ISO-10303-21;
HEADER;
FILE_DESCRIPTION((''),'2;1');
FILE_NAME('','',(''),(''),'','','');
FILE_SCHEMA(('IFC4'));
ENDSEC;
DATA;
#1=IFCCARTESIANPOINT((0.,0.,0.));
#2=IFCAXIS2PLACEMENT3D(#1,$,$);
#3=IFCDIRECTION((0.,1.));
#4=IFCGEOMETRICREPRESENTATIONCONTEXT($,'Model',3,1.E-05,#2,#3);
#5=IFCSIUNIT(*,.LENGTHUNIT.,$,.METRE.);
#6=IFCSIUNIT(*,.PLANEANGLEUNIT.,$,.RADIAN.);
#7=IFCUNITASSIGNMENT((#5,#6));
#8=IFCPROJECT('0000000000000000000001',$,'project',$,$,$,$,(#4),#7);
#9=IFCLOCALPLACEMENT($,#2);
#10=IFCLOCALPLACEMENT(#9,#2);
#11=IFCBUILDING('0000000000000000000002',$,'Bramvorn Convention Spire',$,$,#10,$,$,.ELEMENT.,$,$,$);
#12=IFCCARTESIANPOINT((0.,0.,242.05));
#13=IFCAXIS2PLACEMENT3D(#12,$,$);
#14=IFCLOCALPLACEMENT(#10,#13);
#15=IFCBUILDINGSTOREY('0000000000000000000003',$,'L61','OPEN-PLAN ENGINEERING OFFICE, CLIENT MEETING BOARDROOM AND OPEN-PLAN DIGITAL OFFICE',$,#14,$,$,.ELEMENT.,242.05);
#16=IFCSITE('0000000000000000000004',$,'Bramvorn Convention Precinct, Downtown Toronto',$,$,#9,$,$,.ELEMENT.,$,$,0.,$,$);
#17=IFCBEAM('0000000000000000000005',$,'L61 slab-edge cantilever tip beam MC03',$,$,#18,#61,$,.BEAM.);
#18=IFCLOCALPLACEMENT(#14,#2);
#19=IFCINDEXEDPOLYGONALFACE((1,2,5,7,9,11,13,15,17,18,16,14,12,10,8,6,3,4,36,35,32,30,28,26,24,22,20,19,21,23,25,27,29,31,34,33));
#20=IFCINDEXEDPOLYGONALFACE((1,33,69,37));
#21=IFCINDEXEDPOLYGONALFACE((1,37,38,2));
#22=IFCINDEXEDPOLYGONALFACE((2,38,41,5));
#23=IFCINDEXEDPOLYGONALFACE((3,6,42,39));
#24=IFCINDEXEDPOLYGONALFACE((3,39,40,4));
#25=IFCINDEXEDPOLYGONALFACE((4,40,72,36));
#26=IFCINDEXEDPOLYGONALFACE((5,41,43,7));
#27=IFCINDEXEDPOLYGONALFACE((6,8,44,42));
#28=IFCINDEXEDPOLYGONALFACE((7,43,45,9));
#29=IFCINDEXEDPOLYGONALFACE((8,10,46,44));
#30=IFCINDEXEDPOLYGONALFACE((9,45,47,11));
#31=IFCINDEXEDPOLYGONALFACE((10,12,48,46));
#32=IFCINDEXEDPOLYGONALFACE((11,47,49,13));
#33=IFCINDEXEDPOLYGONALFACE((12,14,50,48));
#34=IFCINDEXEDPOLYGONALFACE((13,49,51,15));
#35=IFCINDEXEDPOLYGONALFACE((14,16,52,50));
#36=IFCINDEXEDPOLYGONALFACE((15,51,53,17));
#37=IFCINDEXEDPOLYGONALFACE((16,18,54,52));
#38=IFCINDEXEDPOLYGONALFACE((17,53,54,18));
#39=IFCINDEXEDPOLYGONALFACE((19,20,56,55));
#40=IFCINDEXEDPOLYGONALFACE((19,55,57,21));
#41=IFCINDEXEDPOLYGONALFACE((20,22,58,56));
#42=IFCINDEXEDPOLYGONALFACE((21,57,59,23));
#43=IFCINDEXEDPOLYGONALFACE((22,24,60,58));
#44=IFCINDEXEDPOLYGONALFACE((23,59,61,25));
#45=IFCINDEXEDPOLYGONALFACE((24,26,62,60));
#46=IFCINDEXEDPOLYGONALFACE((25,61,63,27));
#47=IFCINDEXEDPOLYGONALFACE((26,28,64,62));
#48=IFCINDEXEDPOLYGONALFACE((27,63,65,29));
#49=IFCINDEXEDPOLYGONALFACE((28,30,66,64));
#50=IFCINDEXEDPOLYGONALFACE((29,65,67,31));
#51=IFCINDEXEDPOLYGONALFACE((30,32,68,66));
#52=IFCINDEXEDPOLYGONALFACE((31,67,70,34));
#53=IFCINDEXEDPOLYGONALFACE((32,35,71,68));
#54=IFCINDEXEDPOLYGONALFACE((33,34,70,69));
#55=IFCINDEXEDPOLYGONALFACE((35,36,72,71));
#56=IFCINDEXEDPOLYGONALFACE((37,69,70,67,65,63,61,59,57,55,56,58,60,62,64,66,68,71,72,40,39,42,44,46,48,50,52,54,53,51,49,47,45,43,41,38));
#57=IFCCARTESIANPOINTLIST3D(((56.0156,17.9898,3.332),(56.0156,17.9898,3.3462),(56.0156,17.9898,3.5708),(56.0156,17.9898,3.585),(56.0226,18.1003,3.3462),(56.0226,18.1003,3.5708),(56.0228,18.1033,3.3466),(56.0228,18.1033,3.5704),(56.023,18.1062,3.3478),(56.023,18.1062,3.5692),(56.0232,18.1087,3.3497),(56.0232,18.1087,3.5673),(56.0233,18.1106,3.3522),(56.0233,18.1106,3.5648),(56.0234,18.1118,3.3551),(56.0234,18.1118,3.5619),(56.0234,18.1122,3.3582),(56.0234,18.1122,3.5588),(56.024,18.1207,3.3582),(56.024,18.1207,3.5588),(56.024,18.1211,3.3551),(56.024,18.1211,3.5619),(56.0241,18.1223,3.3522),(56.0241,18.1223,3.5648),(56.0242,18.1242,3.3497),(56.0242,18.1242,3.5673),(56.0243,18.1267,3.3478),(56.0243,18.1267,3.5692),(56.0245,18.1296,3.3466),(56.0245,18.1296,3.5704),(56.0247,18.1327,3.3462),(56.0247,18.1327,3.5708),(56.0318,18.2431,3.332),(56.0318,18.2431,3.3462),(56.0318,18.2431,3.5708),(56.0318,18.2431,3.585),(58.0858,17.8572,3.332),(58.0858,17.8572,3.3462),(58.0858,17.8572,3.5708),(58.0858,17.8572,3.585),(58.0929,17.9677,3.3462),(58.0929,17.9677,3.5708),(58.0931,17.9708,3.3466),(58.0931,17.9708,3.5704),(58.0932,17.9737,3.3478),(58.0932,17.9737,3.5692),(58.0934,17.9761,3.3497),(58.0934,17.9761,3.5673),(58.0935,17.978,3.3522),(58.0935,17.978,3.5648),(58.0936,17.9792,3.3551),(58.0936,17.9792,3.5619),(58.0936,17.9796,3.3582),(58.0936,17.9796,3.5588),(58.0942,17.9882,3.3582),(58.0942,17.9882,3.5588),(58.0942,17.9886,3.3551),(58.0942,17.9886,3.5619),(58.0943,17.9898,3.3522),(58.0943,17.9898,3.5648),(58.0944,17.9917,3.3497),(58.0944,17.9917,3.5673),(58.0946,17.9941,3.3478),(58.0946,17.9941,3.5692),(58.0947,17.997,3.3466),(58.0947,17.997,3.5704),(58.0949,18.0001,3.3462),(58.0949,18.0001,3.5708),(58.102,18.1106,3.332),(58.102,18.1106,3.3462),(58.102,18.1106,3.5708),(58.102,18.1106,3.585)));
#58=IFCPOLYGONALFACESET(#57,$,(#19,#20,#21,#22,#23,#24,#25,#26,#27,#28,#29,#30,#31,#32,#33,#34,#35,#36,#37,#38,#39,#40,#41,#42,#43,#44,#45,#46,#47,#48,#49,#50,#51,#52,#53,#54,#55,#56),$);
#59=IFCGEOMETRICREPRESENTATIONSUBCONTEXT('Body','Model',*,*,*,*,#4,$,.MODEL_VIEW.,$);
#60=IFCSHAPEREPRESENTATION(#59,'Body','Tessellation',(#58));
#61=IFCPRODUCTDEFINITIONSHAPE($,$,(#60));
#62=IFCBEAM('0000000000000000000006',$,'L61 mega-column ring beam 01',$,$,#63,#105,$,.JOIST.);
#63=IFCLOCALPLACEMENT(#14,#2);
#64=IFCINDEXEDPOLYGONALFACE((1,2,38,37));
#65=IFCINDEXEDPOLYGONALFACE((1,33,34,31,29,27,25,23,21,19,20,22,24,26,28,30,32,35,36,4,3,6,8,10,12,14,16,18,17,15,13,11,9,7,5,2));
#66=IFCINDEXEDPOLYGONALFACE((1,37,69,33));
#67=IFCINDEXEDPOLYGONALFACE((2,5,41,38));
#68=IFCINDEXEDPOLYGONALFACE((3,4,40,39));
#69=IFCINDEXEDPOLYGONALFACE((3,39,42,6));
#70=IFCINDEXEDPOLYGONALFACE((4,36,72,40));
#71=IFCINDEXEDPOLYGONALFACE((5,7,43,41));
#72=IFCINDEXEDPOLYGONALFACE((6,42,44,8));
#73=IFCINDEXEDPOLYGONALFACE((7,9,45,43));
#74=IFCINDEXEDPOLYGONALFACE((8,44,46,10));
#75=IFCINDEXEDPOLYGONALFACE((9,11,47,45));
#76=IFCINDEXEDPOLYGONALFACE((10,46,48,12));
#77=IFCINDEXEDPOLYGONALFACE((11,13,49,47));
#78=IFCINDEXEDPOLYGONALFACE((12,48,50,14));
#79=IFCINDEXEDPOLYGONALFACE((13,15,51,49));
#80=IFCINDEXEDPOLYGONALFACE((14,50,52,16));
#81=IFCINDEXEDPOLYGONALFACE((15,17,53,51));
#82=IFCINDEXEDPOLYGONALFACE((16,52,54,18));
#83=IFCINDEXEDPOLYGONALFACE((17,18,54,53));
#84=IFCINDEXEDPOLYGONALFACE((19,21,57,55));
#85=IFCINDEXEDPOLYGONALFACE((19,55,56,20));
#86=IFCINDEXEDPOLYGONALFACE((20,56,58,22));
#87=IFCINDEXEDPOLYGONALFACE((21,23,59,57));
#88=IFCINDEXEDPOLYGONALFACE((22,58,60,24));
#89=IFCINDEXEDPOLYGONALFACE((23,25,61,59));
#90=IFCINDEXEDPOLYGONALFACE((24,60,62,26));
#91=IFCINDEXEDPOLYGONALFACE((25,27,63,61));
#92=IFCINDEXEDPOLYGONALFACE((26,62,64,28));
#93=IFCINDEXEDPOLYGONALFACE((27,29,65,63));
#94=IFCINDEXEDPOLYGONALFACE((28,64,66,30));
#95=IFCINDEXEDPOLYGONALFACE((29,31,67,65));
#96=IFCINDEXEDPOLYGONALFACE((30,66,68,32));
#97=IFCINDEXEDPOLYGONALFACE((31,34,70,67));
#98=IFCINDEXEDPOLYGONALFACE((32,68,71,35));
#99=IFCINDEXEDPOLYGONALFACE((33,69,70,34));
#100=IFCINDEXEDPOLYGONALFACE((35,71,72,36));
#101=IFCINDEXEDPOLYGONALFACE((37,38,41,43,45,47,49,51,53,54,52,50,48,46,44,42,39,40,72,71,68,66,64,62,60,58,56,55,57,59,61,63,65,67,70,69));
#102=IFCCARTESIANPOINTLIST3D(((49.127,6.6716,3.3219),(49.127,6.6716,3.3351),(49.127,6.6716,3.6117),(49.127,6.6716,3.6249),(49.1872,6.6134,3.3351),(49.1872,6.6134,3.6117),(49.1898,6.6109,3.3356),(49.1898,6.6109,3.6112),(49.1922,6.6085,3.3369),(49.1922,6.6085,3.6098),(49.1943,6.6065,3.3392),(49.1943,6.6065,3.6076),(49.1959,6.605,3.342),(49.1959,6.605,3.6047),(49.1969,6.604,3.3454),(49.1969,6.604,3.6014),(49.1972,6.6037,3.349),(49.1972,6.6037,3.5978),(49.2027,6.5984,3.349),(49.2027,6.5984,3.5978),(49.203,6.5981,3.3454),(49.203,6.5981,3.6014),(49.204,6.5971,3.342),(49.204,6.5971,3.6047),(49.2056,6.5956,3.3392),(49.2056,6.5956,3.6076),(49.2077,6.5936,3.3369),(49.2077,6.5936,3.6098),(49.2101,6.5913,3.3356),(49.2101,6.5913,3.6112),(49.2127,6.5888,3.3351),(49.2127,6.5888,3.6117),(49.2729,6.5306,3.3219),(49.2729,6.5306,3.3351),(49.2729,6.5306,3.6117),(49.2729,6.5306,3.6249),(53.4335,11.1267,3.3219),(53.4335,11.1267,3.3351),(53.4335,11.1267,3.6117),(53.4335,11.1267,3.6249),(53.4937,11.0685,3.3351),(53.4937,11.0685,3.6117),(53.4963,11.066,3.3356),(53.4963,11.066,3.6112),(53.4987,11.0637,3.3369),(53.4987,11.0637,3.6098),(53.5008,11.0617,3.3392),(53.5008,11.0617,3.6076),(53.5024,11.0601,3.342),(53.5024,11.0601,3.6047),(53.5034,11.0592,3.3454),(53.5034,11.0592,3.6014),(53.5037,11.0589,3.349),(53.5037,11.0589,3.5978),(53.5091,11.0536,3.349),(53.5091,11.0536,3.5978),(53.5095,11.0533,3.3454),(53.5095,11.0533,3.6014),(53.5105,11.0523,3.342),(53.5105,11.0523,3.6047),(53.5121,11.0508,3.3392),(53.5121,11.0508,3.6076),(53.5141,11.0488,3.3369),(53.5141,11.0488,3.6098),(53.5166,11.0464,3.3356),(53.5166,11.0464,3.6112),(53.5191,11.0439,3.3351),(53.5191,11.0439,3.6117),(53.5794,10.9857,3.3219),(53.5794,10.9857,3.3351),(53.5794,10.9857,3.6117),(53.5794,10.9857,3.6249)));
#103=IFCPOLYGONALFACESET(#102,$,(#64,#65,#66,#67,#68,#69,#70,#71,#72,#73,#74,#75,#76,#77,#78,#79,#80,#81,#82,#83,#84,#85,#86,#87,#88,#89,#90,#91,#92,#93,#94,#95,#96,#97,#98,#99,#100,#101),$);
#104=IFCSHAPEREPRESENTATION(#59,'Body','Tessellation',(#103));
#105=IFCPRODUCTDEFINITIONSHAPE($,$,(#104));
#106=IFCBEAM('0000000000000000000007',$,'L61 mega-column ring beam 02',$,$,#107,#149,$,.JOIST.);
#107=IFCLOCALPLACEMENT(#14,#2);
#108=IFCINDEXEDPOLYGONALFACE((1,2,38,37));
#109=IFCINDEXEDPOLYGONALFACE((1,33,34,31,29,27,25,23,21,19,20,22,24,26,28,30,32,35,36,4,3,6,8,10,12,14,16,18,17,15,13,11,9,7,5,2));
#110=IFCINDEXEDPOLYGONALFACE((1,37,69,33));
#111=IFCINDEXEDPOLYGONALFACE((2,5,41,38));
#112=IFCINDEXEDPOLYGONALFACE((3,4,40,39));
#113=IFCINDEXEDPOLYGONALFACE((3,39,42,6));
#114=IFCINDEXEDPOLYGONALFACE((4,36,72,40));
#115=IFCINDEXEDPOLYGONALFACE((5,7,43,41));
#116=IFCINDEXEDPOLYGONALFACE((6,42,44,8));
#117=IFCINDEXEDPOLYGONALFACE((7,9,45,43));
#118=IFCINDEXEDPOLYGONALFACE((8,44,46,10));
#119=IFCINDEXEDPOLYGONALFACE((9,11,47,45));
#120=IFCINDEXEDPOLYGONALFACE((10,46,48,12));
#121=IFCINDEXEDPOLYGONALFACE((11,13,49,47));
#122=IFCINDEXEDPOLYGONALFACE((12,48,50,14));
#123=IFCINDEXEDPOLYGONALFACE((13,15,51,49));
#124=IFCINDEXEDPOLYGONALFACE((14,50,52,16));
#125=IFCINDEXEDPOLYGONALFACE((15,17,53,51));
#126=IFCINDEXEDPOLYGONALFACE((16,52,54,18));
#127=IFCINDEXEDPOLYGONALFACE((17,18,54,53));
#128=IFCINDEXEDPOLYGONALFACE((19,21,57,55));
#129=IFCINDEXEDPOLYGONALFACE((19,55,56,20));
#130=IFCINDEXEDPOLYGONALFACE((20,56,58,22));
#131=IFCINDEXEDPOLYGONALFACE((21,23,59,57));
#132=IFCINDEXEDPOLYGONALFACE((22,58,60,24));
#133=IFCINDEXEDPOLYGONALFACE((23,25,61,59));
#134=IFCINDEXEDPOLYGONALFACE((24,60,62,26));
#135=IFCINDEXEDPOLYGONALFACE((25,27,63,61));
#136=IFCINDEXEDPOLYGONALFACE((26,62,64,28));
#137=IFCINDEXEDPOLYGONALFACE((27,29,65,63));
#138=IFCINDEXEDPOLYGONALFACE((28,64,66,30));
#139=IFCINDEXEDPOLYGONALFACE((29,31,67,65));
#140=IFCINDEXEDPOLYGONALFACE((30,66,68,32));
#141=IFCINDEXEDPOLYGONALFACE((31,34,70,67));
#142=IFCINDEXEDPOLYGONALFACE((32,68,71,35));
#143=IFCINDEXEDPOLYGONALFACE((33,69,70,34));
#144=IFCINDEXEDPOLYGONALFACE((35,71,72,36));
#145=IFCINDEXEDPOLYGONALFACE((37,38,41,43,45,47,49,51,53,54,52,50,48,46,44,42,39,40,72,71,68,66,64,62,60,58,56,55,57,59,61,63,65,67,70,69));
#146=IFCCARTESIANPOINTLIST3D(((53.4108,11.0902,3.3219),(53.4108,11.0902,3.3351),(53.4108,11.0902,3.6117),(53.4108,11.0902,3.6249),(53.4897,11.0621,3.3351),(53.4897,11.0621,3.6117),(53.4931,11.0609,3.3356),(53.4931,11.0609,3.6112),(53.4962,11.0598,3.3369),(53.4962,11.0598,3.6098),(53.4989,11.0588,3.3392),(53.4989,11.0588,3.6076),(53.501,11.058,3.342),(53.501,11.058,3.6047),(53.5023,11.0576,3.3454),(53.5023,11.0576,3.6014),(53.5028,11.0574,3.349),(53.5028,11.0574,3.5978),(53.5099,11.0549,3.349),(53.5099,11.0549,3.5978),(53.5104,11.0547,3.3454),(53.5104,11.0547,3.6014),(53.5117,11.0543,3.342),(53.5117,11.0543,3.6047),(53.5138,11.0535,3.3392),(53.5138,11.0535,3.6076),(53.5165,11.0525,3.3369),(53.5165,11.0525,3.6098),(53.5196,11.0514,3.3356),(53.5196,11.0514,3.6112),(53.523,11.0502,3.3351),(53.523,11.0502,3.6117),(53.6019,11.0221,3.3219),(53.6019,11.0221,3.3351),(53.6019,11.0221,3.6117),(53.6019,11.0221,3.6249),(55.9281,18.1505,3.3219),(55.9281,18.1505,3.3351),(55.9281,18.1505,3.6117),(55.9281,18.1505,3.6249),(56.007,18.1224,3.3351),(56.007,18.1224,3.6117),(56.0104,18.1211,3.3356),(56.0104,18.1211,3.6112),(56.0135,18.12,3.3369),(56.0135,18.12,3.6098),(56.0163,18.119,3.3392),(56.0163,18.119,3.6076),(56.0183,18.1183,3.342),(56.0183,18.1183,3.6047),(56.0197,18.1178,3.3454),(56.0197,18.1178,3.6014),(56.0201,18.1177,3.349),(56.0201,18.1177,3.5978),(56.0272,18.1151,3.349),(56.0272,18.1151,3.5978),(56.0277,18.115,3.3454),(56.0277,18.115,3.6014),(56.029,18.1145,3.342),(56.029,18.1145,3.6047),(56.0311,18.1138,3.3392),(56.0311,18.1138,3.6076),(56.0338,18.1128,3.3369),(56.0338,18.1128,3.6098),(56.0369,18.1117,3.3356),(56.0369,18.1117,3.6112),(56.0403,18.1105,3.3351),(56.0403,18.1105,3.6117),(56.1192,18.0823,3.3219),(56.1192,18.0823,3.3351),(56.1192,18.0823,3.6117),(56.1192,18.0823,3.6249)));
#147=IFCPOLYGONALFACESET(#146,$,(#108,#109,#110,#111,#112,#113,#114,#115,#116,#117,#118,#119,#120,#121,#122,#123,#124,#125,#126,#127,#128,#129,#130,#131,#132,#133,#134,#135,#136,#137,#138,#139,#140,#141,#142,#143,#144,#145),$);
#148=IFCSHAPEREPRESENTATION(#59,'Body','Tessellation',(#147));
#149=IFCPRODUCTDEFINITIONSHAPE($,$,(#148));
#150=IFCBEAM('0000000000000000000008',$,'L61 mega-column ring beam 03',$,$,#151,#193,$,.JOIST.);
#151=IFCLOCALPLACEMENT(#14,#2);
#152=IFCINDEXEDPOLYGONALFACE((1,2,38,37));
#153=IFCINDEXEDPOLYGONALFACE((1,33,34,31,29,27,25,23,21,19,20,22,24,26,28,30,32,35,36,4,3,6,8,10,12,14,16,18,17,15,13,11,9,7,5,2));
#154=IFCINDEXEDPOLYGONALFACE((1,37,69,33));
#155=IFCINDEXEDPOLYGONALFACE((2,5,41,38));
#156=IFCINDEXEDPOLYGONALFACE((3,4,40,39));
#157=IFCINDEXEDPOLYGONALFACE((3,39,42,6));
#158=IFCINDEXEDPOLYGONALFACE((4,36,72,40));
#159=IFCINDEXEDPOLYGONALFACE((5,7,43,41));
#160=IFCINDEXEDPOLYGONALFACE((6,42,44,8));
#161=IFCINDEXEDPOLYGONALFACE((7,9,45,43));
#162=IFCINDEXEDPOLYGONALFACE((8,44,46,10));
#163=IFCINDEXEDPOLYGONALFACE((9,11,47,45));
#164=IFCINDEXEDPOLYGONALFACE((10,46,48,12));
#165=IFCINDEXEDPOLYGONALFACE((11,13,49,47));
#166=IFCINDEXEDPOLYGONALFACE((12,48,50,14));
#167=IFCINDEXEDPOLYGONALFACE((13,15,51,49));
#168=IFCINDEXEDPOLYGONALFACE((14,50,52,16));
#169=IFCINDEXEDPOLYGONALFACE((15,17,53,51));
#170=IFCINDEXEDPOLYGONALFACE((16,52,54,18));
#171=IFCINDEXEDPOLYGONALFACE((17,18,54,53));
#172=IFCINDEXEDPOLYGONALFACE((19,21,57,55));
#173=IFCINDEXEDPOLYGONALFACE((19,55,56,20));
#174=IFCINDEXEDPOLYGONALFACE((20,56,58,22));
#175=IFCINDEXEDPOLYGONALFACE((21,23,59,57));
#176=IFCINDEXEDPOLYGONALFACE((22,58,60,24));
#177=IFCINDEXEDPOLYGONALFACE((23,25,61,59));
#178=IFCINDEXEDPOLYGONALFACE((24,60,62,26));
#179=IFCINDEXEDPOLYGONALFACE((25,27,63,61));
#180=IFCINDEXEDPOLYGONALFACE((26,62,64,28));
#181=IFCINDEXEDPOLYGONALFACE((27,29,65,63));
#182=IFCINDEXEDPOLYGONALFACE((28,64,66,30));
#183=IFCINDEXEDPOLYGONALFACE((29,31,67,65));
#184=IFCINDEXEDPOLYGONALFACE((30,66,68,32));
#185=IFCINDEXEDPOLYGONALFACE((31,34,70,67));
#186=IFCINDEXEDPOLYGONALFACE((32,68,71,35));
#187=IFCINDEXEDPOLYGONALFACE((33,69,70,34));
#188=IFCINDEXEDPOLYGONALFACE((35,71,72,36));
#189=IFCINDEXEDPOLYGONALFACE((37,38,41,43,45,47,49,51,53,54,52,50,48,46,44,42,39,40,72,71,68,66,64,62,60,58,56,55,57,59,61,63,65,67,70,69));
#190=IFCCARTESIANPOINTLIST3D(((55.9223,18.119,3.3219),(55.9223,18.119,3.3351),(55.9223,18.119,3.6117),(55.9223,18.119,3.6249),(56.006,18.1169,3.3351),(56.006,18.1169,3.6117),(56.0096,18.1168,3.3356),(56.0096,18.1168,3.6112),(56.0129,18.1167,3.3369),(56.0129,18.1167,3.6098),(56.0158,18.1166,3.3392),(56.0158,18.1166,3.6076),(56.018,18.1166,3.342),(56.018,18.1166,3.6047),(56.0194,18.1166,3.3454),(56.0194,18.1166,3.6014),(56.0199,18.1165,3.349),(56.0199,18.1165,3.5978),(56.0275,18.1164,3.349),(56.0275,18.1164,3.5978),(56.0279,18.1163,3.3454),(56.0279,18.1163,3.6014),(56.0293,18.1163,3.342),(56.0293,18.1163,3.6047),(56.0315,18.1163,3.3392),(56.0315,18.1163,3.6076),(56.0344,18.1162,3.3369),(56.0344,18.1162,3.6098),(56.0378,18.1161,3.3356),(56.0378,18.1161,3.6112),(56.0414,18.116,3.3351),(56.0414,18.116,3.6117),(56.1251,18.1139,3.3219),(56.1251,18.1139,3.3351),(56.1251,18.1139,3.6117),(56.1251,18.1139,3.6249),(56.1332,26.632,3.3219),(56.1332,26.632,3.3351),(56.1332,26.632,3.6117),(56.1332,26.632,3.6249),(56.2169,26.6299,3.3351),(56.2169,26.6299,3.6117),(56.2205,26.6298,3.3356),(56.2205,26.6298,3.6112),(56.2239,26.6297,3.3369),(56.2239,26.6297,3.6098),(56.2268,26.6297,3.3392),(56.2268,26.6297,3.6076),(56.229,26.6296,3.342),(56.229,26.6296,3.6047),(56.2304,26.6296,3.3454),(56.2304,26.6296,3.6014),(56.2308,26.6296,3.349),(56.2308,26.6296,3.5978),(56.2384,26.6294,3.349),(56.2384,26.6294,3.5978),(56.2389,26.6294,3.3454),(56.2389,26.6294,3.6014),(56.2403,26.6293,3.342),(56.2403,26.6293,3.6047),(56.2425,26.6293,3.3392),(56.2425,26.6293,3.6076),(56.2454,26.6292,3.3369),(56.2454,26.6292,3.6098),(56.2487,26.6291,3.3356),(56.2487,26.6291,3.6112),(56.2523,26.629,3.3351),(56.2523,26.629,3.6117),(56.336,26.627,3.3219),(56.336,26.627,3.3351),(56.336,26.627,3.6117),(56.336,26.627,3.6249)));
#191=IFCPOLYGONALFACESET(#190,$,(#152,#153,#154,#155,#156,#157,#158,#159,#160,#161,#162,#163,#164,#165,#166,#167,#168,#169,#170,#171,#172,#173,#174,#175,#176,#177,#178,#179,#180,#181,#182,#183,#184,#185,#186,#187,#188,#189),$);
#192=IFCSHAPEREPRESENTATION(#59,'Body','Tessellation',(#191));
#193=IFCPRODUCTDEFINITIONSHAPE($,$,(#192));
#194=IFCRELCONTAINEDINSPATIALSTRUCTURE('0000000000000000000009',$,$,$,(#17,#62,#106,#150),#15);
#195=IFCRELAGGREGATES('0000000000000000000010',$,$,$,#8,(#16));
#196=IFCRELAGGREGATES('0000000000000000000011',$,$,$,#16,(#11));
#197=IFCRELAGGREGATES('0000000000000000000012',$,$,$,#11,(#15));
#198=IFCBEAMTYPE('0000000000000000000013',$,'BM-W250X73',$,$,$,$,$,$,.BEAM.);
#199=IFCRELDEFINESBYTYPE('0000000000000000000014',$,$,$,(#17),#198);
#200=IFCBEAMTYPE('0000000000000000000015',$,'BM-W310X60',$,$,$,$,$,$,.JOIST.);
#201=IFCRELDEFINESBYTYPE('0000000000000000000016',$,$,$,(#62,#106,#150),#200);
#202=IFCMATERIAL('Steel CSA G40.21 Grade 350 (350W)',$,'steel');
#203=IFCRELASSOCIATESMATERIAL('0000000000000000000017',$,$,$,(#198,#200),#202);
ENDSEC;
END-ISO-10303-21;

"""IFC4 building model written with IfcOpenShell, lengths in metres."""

from ifc_helpers import new_model, si_unit, direction, frame, origin, origin_2d, place, context, subcontext, project, spatial, i_section, extrude, material, material_profile, profile_set, type_object, element, save


model = new_model("IFC4")

# Units and contexts
model_context = context("Model", 3, precision=1e-05, world=origin(), true_north=direction((0.0, 1.0)))
body_context = subcontext(model_context, "Body", "Model", "MODEL_VIEW")
ifc_project = project(units=[si_unit("LENGTHUNIT", "METRE"), si_unit("PLANEANGLEUNIT", "RADIAN")], contexts=[model_context])

# Site, building, storey
site_placement = place(None, origin())
site = spatial("IfcSite", under=ifc_project, at=site_placement, Name="Bramvorn Convention Precinct, Downtown Toronto", CompositionType="ELEMENT", RefElevation=0.0)
building_placement = place(site_placement, origin())
building = spatial("IfcBuilding", under=site, at=building_placement, Name="Bramvorn Convention Spire", CompositionType="ELEMENT")
storey_placement = place(building_placement, frame((0.0, 0.0, 242.05)))
storey = spatial("IfcBuildingStorey", under=building, at=storey_placement, Name="L61", Description="OPEN-PLAN ENGINEERING OFFICE, CLIENT MEETING BOARDROOM AND OPEN-PLAN DIGITAL OFFICE", CompositionType="ELEMENT", Elevation=242.05)

# Shared definitions
ifc_material_1 = material(Name="Steel CSA G40.21 Grade 350 (350W)", Category="steel")

# Beams
ifc_material_profile_1 = material_profile(ifc_material_1, i_section(OverallWidth=0.2539, OverallDepth=0.2529, WebThickness=0.0085, FlangeThickness=0.0142, FilletRadius=0.012, at=origin_2d()))
ifc_profile_set_1 = profile_set([ifc_material_profile_1], Name="Steel CSA G40.21 Grade 350 (350W) - W250X73")
beam_type_1 = type_object("IfcBeamType", Name="BM-W250X73", PredefinedType="BEAM", material=ifc_profile_set_1)
beam_1_placement = place(storey_placement, frame((56.0237, 18.1165, 3.4585), z_axis=(0.997956, -0.063902, 0.0), x_axis=(0.063902, 0.997956, 0.0)))
element("IfcBeam", 1, at=beam_1_placement, inside=storey, type_object=beam_type_1, Name="L61 slab-edge cantilever tip beam MC03", PredefinedType="BEAM", context=body_context, shape_type="SweptSolid", body=[
    extrude(i_section(OverallWidth=0.2539, OverallDepth=0.2529, WebThickness=0.0085, FlangeThickness=0.0142, FilletRadius=0.012, at=origin_2d()), origin(), (0.0, 0.0, 1.0), 2.0745),
])
ifc_material_profile_2 = material_profile(ifc_material_1, i_section(OverallWidth=0.2029, OverallDepth=0.303, WebThickness=0.0076, FlangeThickness=0.0132, FilletRadius=0.0139, at=origin_2d()))
ifc_profile_set_2 = profile_set([ifc_material_profile_2], Name="Steel CSA G40.21 Grade 350 (350W) - W310X60")
beam_type_2 = type_object("IfcBeamType", Name="BM-W310X60", PredefinedType="JOIST", material=ifc_profile_set_2)
beam_2_placement = place(storey_placement, frame((49.2, 6.6011, 3.4734), z_axis=(0.695007, 0.719003, 0.0), x_axis=(-0.719003, 0.695007, 0.0)))
element("IfcBeam", 2, at=beam_2_placement, inside=storey, type_object=beam_type_2, Name="L61 mega-column ring beam 01", PredefinedType="JOIST", context=body_context, shape_type="SweptSolid", body=[
    extrude(i_section(OverallWidth=0.2029, OverallDepth=0.303, WebThickness=0.0076, FlangeThickness=0.0132, FilletRadius=0.0139, at=origin_2d()), origin(), (0.0, 0.0, 1.0), 6.1963),
])
beam_3_placement = place(storey_placement, frame((53.5063, 11.0562, 3.4734), z_axis=(0.335839, 0.941919, 0.0), x_axis=(-0.941919, 0.335839, 0.0)))
element("IfcBeam", 3, at=beam_3_placement, inside=storey, type_object=beam_type_2, Name="L61 mega-column ring beam 02", PredefinedType="JOIST", context=body_context, shape_type="SweptSolid", body=[
    extrude(i_section(OverallWidth=0.2029, OverallDepth=0.303, WebThickness=0.0076, FlangeThickness=0.0132, FilletRadius=0.0139, at=origin_2d()), origin(), (0.0, 0.0, 1.0), 7.4956),
])
beam_4_placement = place(storey_placement, frame((56.0237, 18.1165, 3.4734), z_axis=(0.024771, 0.999693, 0.0), x_axis=(-0.999693, 0.024771, 0.0)))
element("IfcBeam", 4, at=beam_4_placement, inside=storey, type_object=beam_type_2, Name="L61 mega-column ring beam 03", PredefinedType="JOIST", context=body_context, shape_type="SweptSolid", body=[
    extrude(i_section(OverallWidth=0.2029, OverallDepth=0.303, WebThickness=0.0076, FlangeThickness=0.0132, FilletRadius=0.0139, at=origin_2d()), origin(), (0.0, 0.0, 1.0), 8.5156),
])

save(model, "model.ifc")
